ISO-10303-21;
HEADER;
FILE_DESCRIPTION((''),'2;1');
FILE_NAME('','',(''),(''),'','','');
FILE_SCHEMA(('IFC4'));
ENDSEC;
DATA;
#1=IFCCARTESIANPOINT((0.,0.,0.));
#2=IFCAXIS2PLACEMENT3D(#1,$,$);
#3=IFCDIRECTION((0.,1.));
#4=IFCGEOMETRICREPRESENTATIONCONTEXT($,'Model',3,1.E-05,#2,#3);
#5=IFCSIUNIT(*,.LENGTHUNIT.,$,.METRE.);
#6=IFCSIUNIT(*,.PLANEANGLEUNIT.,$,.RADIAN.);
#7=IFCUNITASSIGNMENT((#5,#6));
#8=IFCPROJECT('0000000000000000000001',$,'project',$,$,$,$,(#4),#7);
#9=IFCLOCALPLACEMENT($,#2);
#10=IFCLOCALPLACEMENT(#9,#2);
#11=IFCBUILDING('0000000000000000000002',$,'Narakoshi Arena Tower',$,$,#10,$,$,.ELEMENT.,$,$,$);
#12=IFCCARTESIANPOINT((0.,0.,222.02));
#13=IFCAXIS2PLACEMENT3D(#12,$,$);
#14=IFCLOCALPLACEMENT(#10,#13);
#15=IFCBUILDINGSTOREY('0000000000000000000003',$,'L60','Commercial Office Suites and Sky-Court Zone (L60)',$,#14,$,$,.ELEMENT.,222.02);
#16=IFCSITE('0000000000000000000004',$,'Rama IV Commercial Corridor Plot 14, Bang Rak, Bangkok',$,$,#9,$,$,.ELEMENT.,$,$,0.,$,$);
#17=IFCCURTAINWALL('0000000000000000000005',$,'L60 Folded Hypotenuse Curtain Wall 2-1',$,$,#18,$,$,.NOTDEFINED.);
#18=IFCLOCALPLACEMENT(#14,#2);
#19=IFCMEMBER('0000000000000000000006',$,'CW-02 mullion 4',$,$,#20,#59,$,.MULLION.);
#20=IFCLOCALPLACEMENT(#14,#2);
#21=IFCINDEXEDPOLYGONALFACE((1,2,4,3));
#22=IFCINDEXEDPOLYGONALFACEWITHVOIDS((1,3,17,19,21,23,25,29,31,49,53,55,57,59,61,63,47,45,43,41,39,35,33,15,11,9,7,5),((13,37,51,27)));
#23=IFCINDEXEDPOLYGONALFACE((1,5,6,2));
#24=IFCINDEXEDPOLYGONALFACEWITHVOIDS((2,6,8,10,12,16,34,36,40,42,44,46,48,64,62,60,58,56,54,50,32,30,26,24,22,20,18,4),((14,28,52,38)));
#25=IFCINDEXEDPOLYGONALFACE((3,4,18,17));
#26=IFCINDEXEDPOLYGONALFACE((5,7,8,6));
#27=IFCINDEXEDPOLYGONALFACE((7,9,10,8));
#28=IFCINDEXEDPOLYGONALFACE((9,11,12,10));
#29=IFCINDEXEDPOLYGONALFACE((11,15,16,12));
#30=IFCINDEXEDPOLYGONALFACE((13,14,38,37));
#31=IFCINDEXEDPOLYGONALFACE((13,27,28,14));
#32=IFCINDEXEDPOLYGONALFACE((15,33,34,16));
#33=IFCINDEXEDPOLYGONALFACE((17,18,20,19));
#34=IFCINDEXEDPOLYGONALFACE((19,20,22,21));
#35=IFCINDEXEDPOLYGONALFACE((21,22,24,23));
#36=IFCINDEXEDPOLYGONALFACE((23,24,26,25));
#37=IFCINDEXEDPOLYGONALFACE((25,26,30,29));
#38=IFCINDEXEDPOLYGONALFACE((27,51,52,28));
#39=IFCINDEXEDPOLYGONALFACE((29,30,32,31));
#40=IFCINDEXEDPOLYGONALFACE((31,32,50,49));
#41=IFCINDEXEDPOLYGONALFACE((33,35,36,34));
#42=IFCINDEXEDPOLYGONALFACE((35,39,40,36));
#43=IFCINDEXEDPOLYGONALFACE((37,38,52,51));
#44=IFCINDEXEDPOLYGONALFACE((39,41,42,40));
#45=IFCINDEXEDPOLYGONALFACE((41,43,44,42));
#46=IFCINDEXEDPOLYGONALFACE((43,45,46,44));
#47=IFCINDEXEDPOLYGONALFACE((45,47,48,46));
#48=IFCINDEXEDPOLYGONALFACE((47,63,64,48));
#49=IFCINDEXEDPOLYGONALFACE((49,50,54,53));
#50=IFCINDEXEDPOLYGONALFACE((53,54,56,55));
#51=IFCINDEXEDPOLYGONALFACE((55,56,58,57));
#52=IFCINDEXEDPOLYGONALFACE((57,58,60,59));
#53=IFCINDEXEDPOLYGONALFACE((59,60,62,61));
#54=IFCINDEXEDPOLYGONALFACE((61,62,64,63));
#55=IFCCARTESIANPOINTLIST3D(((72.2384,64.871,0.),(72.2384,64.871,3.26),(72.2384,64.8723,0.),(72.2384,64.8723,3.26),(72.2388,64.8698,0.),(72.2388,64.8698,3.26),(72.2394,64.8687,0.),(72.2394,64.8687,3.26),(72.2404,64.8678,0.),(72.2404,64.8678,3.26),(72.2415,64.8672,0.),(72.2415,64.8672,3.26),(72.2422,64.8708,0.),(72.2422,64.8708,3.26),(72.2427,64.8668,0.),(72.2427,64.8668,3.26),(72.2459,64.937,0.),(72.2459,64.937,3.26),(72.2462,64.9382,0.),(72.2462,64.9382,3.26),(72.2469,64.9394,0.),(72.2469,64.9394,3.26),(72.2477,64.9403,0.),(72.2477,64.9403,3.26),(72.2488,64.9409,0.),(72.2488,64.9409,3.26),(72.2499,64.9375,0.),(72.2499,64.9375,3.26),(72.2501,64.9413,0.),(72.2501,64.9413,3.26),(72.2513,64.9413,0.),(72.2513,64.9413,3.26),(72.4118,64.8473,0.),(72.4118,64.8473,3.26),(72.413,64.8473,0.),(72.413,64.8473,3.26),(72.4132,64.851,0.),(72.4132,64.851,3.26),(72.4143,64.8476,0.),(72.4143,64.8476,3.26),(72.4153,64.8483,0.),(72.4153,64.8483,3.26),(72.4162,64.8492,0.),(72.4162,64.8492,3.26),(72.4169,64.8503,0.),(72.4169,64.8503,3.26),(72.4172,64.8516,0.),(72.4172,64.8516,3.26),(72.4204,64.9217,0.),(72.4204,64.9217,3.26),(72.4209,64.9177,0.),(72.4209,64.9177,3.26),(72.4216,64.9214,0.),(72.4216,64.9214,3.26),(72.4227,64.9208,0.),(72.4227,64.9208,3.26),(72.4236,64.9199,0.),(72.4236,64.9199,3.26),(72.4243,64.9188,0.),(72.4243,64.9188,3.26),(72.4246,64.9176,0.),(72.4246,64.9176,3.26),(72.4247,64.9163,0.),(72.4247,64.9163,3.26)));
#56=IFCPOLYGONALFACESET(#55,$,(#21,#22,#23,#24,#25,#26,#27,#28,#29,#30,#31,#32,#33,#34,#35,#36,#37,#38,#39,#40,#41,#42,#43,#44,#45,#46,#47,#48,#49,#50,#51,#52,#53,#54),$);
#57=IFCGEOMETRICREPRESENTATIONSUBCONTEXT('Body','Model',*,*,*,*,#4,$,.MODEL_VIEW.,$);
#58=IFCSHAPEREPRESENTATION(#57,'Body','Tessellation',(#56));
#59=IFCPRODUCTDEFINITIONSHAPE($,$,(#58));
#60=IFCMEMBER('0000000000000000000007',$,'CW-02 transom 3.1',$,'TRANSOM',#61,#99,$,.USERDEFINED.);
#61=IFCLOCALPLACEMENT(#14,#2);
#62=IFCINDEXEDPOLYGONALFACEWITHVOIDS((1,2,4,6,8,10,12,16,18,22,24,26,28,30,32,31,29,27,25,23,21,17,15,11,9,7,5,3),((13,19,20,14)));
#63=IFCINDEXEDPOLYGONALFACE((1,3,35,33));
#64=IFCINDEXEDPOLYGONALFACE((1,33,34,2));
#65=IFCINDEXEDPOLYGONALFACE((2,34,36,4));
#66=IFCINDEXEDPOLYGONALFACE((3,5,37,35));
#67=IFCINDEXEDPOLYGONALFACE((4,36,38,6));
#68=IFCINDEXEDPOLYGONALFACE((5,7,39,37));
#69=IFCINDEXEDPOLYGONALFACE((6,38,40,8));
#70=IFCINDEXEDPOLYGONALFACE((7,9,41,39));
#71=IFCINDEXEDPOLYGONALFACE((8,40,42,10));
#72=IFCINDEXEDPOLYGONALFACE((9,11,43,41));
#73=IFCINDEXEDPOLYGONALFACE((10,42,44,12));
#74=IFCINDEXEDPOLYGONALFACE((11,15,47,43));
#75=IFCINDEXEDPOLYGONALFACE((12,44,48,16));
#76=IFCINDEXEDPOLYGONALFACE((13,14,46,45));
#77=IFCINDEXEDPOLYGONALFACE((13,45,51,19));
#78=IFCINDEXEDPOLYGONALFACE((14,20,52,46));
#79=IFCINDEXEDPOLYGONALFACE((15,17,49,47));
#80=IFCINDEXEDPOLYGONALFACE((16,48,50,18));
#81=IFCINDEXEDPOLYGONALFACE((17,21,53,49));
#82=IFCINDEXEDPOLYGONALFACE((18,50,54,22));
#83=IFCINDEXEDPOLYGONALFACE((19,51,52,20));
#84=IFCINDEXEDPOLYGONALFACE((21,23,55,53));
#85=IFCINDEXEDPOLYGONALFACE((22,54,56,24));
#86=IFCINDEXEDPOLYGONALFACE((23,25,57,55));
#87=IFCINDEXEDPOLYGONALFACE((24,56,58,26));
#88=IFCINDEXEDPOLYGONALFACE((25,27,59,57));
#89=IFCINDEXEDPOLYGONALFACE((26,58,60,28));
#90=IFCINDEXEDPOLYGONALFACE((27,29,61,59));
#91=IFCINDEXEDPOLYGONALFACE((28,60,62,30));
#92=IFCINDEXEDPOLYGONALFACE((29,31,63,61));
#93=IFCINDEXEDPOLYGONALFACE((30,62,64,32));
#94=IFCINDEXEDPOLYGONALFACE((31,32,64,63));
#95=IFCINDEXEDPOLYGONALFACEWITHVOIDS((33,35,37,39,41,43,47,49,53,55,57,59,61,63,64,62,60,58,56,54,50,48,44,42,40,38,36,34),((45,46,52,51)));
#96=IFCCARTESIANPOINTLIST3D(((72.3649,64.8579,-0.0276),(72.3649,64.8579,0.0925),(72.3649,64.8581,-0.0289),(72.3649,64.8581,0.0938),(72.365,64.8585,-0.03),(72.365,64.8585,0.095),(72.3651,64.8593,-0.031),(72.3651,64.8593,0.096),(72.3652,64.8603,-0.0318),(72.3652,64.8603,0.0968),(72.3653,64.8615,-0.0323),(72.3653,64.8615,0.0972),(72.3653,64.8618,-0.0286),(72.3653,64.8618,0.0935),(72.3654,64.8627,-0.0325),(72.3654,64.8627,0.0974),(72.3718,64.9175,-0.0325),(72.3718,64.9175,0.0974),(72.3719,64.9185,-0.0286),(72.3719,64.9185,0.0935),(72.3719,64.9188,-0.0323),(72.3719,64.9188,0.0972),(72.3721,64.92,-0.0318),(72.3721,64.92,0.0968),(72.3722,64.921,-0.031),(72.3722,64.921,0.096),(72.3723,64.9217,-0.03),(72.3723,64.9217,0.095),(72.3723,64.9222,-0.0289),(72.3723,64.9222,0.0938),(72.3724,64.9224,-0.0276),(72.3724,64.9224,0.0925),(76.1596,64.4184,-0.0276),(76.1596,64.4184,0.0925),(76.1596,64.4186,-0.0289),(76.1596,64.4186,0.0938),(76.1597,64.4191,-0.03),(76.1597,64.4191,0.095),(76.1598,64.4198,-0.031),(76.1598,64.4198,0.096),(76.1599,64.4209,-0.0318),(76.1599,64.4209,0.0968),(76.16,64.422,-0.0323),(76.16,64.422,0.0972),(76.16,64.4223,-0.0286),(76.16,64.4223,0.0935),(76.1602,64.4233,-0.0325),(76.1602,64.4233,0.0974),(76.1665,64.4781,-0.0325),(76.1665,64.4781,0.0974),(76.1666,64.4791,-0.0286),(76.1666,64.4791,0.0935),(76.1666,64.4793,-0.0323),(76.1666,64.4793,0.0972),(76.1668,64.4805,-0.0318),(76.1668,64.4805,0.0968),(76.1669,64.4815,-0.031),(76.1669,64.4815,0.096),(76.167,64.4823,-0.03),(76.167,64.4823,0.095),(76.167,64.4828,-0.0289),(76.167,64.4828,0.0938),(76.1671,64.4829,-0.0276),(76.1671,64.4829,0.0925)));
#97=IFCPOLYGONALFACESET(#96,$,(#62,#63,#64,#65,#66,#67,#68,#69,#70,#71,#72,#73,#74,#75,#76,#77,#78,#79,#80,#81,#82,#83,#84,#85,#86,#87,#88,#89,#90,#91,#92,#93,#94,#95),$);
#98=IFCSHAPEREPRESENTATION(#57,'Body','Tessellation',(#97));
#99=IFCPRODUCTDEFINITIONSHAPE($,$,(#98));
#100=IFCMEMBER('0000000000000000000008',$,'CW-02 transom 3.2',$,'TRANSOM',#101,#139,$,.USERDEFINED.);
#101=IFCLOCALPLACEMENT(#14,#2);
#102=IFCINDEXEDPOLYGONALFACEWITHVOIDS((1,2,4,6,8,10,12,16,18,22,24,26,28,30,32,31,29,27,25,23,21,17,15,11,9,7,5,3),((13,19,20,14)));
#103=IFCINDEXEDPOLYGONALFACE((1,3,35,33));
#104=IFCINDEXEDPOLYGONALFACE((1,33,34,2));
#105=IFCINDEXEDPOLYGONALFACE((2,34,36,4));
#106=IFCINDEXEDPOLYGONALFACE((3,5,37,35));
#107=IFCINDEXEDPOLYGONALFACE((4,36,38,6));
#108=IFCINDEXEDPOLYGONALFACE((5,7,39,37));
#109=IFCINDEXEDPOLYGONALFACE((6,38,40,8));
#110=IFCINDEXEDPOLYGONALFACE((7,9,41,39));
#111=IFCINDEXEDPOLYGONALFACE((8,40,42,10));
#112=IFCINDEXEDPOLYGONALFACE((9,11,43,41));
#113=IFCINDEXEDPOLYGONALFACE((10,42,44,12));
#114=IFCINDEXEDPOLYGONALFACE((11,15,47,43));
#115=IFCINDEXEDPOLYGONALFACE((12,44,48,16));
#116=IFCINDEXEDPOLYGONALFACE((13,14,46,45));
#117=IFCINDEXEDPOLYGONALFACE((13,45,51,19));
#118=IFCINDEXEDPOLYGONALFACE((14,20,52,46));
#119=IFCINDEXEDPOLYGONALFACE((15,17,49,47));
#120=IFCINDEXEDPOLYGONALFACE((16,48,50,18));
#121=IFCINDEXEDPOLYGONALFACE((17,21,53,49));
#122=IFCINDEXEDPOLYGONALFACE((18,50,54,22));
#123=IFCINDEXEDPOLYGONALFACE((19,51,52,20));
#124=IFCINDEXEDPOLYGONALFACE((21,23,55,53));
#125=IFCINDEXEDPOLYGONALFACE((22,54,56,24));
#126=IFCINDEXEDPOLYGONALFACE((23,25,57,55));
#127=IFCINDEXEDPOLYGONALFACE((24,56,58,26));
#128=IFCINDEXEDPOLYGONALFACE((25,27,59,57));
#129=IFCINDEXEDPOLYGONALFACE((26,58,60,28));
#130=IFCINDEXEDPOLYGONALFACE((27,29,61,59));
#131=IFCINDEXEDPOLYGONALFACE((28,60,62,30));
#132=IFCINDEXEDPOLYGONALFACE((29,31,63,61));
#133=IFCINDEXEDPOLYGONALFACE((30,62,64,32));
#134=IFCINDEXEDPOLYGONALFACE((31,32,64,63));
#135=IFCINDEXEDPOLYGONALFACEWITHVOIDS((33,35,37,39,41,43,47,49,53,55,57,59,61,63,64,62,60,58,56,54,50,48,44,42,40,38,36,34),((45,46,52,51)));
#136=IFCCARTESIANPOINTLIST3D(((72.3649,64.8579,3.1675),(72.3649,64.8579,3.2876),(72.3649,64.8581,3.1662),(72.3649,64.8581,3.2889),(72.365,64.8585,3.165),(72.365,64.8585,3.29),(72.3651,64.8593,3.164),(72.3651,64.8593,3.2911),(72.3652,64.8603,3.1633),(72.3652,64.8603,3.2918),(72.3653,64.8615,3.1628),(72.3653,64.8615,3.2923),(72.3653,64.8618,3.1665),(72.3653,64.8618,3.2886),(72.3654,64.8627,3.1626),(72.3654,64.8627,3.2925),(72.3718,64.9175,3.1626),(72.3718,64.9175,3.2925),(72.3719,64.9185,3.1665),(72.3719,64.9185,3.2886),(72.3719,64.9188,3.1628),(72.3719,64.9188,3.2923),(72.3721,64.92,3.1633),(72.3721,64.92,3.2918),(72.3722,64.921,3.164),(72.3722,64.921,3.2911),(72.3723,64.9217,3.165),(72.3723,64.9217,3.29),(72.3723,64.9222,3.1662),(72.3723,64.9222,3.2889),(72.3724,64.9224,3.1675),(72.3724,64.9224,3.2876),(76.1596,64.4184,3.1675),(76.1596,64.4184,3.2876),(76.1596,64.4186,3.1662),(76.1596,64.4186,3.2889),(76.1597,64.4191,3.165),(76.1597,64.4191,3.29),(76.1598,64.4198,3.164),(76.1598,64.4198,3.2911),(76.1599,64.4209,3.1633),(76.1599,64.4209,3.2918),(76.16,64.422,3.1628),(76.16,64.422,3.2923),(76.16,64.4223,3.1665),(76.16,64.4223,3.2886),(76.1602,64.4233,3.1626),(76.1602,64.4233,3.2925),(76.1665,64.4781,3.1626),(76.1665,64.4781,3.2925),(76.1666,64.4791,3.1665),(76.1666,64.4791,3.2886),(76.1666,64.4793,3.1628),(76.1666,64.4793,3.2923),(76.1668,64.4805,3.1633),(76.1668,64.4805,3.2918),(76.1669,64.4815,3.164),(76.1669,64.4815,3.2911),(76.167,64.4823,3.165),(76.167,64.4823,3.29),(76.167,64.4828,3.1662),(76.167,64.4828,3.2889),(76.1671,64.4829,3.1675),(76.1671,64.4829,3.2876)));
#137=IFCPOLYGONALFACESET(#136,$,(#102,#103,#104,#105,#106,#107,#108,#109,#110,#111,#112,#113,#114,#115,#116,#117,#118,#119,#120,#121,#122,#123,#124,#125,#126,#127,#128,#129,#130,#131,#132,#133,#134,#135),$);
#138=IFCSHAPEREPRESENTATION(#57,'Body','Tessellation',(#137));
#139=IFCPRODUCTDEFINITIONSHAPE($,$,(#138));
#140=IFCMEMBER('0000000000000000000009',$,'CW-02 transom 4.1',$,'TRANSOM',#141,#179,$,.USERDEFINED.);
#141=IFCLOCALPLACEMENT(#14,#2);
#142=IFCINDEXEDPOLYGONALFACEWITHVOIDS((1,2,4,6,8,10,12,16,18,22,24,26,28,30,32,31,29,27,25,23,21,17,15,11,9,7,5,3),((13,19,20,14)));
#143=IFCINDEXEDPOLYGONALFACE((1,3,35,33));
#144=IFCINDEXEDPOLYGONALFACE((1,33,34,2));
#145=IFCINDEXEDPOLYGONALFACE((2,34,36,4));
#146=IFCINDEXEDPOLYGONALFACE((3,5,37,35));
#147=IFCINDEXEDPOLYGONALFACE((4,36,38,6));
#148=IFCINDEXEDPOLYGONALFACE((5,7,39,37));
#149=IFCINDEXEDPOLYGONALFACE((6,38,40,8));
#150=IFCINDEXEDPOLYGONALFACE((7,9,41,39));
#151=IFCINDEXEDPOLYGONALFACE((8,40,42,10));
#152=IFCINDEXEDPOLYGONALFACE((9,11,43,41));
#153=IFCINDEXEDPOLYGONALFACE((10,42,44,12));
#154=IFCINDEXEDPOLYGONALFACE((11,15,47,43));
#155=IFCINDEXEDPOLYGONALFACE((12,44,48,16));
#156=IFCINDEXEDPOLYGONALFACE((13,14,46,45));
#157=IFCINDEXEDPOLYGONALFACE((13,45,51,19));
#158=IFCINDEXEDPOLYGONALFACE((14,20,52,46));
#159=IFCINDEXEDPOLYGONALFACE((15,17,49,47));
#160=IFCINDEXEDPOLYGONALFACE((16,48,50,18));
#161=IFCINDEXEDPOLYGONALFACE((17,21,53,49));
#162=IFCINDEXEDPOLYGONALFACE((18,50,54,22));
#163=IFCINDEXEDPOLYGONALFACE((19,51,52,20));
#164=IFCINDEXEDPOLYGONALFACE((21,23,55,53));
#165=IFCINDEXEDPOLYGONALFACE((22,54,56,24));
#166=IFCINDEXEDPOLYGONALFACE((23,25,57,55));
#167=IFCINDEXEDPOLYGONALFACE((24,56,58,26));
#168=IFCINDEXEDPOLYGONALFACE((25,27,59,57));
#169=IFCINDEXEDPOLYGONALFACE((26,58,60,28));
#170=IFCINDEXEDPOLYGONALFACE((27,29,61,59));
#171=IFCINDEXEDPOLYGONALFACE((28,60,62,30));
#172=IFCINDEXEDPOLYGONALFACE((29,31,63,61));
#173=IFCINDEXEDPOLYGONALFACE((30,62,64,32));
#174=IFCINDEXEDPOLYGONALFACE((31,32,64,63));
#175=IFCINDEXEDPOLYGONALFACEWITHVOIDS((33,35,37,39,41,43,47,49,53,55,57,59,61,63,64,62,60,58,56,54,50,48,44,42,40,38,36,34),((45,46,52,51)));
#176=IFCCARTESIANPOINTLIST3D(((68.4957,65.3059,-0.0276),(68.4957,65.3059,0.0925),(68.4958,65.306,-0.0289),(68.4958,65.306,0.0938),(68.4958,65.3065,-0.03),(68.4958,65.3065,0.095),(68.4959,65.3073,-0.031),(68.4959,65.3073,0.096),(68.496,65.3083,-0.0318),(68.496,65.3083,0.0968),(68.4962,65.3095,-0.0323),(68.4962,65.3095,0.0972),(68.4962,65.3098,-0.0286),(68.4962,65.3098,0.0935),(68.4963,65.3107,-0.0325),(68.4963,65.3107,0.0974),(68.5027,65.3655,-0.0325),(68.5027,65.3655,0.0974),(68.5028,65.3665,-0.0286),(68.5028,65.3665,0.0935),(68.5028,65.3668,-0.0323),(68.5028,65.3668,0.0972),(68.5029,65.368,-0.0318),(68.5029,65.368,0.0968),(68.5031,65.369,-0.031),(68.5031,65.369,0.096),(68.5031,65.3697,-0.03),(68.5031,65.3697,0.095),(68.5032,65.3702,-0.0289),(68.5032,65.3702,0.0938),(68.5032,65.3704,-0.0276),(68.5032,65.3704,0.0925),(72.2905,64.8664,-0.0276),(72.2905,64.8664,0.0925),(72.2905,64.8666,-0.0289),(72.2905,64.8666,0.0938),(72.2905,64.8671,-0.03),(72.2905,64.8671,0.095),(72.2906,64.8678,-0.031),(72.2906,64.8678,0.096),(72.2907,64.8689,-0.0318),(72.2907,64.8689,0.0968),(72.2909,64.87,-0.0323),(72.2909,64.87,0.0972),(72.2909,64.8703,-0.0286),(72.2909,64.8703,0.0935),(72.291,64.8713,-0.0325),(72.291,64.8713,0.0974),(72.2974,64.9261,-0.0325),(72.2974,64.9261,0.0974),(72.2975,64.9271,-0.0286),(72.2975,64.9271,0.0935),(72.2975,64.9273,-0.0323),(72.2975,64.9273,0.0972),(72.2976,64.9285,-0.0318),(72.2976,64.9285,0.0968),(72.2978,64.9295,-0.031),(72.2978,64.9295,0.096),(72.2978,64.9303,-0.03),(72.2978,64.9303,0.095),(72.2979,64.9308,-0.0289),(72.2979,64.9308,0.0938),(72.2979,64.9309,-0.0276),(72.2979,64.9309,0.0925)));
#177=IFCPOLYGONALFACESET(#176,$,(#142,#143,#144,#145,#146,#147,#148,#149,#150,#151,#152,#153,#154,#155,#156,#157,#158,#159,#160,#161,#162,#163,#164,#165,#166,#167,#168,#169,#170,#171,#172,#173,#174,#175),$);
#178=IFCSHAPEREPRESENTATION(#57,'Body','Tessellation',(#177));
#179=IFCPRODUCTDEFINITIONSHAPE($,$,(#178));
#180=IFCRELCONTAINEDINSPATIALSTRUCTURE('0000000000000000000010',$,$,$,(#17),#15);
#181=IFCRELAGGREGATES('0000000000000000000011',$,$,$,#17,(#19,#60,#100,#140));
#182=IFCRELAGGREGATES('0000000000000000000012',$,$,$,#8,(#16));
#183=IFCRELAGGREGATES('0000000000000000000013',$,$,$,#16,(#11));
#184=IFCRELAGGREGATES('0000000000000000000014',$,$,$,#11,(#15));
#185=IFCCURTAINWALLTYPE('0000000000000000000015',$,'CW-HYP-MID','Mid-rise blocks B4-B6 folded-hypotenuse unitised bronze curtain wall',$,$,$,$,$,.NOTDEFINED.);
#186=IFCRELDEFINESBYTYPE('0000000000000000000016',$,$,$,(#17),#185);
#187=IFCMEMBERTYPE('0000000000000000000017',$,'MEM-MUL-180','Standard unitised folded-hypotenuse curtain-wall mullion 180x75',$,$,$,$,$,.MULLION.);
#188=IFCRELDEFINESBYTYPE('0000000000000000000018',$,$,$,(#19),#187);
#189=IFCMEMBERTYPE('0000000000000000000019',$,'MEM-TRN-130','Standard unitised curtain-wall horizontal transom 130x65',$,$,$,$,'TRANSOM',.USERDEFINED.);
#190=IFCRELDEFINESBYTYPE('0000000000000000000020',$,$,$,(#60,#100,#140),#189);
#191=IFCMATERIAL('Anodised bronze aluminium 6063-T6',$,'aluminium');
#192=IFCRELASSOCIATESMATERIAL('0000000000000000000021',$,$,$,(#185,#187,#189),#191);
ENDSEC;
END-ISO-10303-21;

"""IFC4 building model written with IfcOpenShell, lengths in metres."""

from ifc_helpers import new_model, si_unit, direction, frame, origin, origin_2d, place, context, subcontext, project, spatial, hollow_rectangle, extrude, material, material_profile, profile_set, type_object, element, aggregate, save


model = new_model("IFC4")

# Units and contexts
model_context = context("Model", 3, precision=1e-05, world=origin(), true_north=direction((0.0, 1.0)))
body_context = subcontext(model_context, "Body", "Model", "MODEL_VIEW")
ifc_project = project(units=[si_unit("LENGTHUNIT", "METRE"), si_unit("PLANEANGLEUNIT", "RADIAN")], contexts=[model_context])

# Site, building, storey
site_placement = place(None, origin())
site = spatial("IfcSite", under=ifc_project, at=site_placement, Name="Rama IV Commercial Corridor Plot 14, Bang Rak, Bangkok", CompositionType="ELEMENT", RefElevation=0.0)
building_placement = place(site_placement, origin())
building = spatial("IfcBuilding", under=site, at=building_placement, Name="Narakoshi Arena Tower", CompositionType="ELEMENT")
storey_placement = place(building_placement, frame((0.0, 0.0, 222.02)))
storey = spatial("IfcBuildingStorey", under=building, at=storey_placement, Name="L60", Description="Commercial Office Suites and Sky-Court Zone (L60)", CompositionType="ELEMENT", Elevation=222.02)

# Curtain wall, members
ifc_material_1 = material(Name="Anodised bronze aluminium 6063-T6", Category="aluminium")
curtain_wall_type = type_object("IfcCurtainWallType", Name="CW-HYP-MID", Description="Mid-rise blocks B4-B6 folded-hypotenuse unitised bronze curtain wall", PredefinedType="NOTDEFINED", material=ifc_material_1)
curtain_wall_placement = place(storey_placement, origin())
curtain_wall = element("IfcCurtainWall", 1, at=curtain_wall_placement, inside=storey, type_object=curtain_wall_type, Name="L60 Folded Hypotenuse Curtain Wall 2-1", PredefinedType="NOTDEFINED")
ifc_material_profile_1 = material_profile(ifc_material_1, hollow_rectangle(XDim=0.075, YDim=0.1799, WallThickness=0.0039, OuterFilletRadius=0.0049, at=origin_2d()), Name="MUL180x75x4")
ifc_profile_set_1 = profile_set([ifc_material_profile_1], Name="Anodised bronze aluminium 6063-T6")
member_type_1 = type_object("IfcMemberType", Name="MEM-MUL-180", Description="Standard unitised folded-hypotenuse curtain-wall mullion 180x75", PredefinedType="MULLION", material=ifc_profile_set_1)
member_1_placement = place(storey_placement, frame((72.3315, 64.8943, 0.0), z_axis=(0.0, 0.0, 1.0), x_axis=(-0.115011, -0.993364, 0.0)))
member_1 = element("IfcMember", 2, at=member_1_placement, type_object=member_type_1, Name="CW-02 mullion 4", PredefinedType="MULLION", context=body_context, shape_type="SweptSolid", body=[
    extrude(hollow_rectangle(XDim=0.075, YDim=0.1799, WallThickness=0.0039, OuterFilletRadius=0.0049, at=origin_2d()), origin(), (0.0, 0.0, 1.0), 3.26),
])
ifc_material_profile_2 = material_profile(ifc_material_1, hollow_rectangle(XDim=0.0649, YDim=0.1299, WallThickness=0.0039, OuterFilletRadius=0.0049, at=origin_2d()), Name="TRN130x65x4")
ifc_profile_set_2 = profile_set([ifc_material_profile_2], Name="Anodised bronze aluminium 6063-T6")
member_type_2 = type_object("IfcMemberType", Name="MEM-TRN-130", Description="Standard unitised curtain-wall horizontal transom 130x65", ElementType="TRANSOM", PredefinedType="USERDEFINED", material=ifc_profile_set_2)
member_2_placement = place(storey_placement, frame((76.1633, 64.4507, 0.0325), z_axis=(-0.993361, 0.115039, 0.0), x_axis=(-0.115039, -0.993361, 0.0)))
member_2 = element("IfcMember", 3, at=member_2_placement, type_object=member_type_2, Name="CW-02 transom 3.1", ObjectType="TRANSOM", PredefinedType="USERDEFINED", context=body_context, shape_type="SweptSolid", body=[
    extrude(hollow_rectangle(XDim=0.0649, YDim=0.1299, WallThickness=0.0039, OuterFilletRadius=0.0049, at=origin_2d()), origin(), (0.0, 0.0, 1.0), 3.8201),
])
member_3_placement = place(storey_placement, frame((76.1633, 64.4507, 3.2275), z_axis=(-0.993361, 0.115039, 0.0), x_axis=(-0.115039, -0.993361, 0.0)))
member_3 = element("IfcMember", 4, at=member_3_placement, type_object=member_type_2, Name="CW-02 transom 3.2", ObjectType="TRANSOM", PredefinedType="USERDEFINED", context=body_context, shape_type="SweptSolid", body=[
    extrude(hollow_rectangle(XDim=0.0649, YDim=0.1299, WallThickness=0.0039, OuterFilletRadius=0.0049, at=origin_2d()), origin(), (0.0, 0.0, 1.0), 3.8201),
])
member_4_placement = place(storey_placement, frame((72.2942, 64.8987, 0.0325), z_axis=(-0.993361, 0.115039, 0.0), x_axis=(-0.115039, -0.993361, 0.0)))
member_4 = element("IfcMember", 5, at=member_4_placement, type_object=member_type_2, Name="CW-02 transom 4.1", ObjectType="TRANSOM", PredefinedType="USERDEFINED", context=body_context, shape_type="SweptSolid", body=[
    extrude(hollow_rectangle(XDim=0.0649, YDim=0.1299, WallThickness=0.0039, OuterFilletRadius=0.0049, at=origin_2d()), origin(), (0.0, 0.0, 1.0), 3.8201),
])
aggregate(curtain_wall, [member_1, member_2, member_3, member_4])

save(model, "model.ifc")
